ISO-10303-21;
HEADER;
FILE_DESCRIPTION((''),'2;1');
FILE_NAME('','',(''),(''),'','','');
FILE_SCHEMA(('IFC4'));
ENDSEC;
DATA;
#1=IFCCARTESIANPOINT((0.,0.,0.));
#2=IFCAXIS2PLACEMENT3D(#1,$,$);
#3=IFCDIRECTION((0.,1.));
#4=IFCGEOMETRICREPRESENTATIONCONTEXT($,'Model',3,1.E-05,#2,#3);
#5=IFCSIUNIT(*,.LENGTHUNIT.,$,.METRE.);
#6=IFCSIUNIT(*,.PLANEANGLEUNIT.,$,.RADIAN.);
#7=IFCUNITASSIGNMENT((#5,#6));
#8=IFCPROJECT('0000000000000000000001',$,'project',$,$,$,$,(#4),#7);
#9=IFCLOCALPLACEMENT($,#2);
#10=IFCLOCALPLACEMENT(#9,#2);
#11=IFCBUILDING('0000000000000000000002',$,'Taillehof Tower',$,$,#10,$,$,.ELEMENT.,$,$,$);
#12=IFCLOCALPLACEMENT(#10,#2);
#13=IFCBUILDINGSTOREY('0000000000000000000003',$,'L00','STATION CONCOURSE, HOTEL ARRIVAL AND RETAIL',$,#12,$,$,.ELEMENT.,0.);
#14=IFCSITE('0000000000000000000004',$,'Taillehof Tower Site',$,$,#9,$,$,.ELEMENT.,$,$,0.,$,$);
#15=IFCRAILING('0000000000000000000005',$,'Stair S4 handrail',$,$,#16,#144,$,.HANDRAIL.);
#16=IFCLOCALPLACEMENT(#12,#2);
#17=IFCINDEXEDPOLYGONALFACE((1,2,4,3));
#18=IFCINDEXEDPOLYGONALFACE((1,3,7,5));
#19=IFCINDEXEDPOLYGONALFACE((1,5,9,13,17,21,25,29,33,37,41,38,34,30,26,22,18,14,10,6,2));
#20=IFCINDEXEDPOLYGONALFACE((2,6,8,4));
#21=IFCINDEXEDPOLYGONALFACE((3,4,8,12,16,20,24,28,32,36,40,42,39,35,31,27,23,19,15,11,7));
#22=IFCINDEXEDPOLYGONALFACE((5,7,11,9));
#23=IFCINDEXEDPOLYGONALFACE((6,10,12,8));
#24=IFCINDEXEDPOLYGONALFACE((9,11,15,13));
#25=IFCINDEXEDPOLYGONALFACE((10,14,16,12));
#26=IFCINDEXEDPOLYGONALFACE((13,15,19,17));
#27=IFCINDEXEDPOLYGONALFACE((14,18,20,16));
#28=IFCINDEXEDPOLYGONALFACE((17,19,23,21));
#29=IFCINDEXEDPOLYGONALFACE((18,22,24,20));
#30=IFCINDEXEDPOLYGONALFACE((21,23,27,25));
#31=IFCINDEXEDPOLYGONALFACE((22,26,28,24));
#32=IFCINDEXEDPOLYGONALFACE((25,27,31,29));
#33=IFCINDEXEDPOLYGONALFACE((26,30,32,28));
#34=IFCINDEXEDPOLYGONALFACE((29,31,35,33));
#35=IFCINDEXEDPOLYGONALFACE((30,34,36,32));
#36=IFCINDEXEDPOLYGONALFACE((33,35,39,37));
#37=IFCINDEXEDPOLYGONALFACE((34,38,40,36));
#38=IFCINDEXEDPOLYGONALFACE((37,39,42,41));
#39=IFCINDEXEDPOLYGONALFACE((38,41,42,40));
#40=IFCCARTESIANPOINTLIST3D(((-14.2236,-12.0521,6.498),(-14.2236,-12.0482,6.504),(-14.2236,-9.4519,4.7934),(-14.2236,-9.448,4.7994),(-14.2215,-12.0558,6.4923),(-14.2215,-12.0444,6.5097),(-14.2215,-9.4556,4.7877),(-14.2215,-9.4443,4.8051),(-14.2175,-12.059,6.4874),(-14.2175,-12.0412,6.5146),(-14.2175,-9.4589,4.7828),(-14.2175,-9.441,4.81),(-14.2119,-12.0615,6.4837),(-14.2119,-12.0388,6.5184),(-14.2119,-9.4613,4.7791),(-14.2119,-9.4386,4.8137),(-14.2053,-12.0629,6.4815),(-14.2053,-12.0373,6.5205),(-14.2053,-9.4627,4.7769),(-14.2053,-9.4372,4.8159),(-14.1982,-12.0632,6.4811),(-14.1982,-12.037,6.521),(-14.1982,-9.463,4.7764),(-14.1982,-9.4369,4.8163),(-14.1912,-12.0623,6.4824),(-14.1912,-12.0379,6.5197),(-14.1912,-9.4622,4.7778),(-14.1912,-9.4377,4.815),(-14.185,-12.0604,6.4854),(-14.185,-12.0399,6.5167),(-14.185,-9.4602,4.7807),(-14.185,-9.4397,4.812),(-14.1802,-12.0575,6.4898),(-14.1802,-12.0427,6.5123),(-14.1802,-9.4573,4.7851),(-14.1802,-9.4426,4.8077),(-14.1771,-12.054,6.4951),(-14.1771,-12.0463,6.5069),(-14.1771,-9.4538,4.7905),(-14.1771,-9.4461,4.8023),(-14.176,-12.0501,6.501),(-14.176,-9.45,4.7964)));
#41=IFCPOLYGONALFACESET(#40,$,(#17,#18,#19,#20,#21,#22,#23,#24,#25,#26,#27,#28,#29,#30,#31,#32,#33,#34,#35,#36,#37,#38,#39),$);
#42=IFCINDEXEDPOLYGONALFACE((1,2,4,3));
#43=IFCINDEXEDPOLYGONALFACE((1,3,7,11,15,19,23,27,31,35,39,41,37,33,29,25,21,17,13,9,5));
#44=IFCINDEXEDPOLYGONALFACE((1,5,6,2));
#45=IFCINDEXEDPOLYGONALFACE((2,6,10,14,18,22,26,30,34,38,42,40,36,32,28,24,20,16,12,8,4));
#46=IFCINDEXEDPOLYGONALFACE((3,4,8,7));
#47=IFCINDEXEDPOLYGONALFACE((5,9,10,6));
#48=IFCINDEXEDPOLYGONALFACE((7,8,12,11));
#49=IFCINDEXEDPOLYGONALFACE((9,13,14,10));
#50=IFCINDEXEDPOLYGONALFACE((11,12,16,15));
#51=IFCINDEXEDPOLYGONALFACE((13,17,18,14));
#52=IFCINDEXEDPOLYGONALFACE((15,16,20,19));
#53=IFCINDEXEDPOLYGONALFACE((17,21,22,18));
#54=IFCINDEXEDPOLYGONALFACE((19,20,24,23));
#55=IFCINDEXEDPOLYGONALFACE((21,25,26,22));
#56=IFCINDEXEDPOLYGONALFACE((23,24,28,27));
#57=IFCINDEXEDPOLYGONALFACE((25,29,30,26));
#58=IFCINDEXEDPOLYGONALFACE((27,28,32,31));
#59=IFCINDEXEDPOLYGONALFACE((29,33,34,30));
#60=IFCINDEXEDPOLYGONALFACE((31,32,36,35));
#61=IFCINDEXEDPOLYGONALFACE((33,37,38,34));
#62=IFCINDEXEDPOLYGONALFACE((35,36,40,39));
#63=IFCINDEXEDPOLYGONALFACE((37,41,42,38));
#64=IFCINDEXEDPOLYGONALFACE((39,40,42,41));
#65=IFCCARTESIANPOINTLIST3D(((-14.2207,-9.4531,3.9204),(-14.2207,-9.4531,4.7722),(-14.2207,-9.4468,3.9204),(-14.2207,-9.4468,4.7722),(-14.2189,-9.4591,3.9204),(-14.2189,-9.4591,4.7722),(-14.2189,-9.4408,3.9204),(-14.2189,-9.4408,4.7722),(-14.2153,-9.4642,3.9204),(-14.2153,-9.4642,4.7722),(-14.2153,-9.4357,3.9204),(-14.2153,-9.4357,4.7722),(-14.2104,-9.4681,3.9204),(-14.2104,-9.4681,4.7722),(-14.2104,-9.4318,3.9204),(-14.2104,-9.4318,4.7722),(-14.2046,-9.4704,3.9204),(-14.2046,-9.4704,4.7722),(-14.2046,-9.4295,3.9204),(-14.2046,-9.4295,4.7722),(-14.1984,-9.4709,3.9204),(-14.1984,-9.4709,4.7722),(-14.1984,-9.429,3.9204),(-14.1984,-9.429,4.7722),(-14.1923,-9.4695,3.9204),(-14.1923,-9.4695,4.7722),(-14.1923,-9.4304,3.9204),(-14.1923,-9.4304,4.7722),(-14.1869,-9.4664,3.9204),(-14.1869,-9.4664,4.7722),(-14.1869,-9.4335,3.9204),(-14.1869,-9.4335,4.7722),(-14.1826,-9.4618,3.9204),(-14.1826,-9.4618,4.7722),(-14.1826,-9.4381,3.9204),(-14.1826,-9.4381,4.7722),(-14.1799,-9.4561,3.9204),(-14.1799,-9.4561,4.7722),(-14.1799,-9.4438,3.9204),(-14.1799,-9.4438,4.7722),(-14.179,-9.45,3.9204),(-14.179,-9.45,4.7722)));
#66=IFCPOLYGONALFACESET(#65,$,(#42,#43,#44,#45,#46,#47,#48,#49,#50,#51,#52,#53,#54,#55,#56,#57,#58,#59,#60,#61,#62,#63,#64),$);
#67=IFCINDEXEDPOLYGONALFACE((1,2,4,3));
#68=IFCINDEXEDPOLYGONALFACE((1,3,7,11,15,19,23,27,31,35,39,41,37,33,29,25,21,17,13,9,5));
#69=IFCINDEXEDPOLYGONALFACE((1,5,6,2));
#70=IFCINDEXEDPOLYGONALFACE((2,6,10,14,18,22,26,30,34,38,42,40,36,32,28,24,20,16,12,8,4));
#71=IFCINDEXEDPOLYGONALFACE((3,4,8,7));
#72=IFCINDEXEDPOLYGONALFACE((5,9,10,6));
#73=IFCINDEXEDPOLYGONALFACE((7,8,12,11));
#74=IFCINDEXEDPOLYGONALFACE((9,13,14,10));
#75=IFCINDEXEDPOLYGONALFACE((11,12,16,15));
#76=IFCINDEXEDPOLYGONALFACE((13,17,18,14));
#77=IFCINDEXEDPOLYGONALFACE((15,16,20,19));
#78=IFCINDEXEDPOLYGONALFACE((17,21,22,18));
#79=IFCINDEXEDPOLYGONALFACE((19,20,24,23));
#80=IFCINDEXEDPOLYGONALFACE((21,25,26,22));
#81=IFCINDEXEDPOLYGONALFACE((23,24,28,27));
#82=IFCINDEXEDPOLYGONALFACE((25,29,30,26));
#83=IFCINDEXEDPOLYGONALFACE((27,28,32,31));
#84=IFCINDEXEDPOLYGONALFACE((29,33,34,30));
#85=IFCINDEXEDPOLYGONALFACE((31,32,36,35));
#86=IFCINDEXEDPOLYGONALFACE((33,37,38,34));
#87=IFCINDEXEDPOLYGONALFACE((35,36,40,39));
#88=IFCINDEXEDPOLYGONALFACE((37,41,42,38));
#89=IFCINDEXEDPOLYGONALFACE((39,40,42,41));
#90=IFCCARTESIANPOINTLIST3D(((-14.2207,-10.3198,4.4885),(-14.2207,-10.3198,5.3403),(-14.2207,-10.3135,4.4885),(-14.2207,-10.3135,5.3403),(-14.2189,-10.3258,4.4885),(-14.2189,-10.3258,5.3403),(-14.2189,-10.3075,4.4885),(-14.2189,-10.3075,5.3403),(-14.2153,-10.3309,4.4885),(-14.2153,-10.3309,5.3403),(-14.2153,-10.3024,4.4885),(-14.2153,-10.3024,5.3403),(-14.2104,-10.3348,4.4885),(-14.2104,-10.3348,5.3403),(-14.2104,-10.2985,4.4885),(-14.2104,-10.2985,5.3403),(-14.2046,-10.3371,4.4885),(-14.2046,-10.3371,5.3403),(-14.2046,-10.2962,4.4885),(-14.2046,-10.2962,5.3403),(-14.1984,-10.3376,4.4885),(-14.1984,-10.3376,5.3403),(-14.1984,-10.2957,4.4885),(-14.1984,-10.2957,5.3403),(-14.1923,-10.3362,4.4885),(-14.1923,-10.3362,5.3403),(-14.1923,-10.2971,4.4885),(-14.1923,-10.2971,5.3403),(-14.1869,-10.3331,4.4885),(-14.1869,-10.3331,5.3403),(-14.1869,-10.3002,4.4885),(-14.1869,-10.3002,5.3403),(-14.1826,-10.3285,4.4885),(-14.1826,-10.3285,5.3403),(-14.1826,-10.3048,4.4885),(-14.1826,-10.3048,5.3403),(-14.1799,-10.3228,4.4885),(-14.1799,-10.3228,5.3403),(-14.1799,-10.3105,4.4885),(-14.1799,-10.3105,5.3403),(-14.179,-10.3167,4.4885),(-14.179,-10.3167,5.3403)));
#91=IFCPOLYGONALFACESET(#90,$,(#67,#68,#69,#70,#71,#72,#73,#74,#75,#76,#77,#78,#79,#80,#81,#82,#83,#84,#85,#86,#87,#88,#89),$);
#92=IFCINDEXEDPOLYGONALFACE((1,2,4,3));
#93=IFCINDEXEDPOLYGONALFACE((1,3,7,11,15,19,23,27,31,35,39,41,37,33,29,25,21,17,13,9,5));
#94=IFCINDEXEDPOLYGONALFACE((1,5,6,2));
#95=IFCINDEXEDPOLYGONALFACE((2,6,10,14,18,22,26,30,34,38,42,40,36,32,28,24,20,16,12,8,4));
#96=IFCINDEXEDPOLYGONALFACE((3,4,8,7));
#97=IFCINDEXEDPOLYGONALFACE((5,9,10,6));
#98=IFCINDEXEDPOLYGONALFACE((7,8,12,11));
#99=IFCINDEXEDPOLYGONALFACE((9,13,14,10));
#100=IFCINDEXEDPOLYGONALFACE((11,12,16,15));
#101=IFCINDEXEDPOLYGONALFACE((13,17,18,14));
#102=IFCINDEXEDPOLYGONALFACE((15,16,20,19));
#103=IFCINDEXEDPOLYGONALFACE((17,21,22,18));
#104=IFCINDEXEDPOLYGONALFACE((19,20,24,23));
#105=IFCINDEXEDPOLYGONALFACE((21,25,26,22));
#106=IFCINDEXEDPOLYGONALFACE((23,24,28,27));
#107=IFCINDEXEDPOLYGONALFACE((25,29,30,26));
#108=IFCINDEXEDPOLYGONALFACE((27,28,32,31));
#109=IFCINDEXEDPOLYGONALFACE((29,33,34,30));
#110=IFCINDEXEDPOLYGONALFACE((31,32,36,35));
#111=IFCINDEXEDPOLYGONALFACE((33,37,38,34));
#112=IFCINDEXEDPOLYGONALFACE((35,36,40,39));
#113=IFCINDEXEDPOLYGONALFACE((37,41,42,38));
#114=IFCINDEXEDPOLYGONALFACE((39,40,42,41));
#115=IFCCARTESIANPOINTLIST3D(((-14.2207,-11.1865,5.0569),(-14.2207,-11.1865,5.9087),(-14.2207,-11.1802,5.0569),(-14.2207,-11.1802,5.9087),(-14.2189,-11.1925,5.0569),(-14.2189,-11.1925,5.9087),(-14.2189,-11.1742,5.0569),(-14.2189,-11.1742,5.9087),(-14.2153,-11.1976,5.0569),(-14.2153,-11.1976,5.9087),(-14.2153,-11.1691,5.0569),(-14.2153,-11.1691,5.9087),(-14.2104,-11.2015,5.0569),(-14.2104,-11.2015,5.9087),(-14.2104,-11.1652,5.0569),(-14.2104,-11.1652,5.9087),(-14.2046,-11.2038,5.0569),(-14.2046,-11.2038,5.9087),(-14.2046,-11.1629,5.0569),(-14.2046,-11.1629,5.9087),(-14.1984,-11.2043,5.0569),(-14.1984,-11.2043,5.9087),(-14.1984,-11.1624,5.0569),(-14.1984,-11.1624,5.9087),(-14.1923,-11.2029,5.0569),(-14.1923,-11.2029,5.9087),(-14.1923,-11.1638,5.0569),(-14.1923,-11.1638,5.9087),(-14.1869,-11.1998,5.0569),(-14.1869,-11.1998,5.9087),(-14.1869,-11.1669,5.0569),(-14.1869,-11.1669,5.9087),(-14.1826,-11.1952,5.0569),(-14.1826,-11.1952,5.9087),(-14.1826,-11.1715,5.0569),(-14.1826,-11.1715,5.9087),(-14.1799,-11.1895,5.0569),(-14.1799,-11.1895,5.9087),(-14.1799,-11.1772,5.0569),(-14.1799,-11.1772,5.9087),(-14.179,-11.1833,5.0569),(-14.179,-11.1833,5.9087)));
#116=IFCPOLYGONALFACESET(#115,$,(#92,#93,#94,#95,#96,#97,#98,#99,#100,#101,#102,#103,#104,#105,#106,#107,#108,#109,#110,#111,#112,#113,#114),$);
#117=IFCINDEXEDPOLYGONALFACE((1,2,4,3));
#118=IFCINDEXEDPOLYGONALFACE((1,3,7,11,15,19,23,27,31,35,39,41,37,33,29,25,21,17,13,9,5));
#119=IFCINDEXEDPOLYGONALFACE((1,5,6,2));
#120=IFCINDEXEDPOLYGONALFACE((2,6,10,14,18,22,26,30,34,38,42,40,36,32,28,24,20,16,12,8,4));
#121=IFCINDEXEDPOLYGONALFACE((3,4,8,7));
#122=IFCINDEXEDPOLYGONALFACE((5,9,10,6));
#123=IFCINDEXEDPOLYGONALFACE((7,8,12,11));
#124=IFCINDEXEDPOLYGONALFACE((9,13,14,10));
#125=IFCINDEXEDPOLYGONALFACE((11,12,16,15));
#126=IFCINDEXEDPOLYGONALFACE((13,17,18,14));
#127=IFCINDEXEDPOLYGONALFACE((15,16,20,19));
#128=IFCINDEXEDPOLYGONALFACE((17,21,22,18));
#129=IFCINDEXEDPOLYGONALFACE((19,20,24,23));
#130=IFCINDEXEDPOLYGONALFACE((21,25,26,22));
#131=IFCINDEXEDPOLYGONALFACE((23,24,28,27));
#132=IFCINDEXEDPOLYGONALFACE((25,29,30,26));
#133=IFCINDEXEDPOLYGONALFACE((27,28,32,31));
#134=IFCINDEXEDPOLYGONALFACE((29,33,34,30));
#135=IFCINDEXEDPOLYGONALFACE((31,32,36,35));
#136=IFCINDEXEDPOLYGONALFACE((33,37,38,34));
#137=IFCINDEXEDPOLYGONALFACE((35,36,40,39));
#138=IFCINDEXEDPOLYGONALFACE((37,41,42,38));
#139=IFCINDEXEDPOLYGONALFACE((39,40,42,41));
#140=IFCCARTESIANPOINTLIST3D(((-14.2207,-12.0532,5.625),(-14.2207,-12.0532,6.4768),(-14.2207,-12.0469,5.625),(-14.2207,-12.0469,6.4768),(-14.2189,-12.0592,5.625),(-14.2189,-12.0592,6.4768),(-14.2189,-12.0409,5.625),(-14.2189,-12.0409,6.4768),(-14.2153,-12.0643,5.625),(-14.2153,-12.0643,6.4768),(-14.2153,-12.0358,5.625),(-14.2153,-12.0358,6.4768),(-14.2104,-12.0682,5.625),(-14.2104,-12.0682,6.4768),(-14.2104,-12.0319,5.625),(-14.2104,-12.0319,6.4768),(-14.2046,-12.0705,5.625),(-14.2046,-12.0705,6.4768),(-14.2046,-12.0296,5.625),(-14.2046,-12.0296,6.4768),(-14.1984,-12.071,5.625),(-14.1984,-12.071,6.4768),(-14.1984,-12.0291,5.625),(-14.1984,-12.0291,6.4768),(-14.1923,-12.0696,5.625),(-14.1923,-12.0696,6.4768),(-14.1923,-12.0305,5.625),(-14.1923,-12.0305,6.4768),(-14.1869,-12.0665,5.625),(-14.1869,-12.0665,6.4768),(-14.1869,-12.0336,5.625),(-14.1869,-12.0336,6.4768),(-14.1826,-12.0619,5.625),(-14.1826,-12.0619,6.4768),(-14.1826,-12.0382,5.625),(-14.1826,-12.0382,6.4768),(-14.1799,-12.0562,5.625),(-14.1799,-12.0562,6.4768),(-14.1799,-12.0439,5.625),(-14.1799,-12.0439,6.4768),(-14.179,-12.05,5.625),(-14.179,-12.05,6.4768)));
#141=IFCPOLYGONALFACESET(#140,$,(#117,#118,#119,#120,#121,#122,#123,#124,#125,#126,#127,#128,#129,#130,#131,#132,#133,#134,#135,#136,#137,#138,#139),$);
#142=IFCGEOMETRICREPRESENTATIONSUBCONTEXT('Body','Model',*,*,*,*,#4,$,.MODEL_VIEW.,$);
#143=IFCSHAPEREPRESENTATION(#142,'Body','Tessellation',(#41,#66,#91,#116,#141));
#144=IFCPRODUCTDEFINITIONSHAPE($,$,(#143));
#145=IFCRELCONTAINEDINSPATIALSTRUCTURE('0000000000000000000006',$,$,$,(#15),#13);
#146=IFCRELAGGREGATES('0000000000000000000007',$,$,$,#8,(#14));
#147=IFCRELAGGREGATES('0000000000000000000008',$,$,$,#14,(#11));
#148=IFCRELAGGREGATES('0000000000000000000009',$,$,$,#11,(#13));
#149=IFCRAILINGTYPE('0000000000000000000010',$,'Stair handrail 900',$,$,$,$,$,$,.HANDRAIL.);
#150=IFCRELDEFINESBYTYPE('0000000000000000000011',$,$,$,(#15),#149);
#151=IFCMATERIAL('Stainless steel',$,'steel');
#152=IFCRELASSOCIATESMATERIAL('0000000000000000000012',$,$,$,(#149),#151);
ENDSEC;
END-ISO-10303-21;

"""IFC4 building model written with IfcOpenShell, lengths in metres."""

from ifc_helpers import new_model, si_unit, direction, frame, origin, origin_2d, place, context, subcontext, project, spatial, circle, extrude, material, type_object, element, save


model = new_model("IFC4")

# Units and contexts
model_context = context("Model", 3, precision=1e-05, world=origin(), true_north=direction((0.0, 1.0)))
body_context = subcontext(model_context, "Body", "Model", "MODEL_VIEW")
ifc_project = project(units=[si_unit("LENGTHUNIT", "METRE"), si_unit("PLANEANGLEUNIT", "RADIAN")], contexts=[model_context])

# Site, building, storey
site_placement = place(None, origin())
site = spatial("IfcSite", under=ifc_project, at=site_placement, Name="Taillehof Tower Site", CompositionType="ELEMENT", RefElevation=0.0)
building_placement = place(site_placement, origin())
building = spatial("IfcBuilding", under=site, at=building_placement, Name="Taillehof Tower", CompositionType="ELEMENT")
storey_placement = place(building_placement, origin())
storey = spatial("IfcBuildingStorey", under=building, at=storey_placement, Name="L00", Description="STATION CONCOURSE, HOTEL ARRIVAL AND RETAIL", CompositionType="ELEMENT", Elevation=0.0)

# Railing
ifc_material_1 = material(Name="Stainless steel", Category="steel")
railing_type_1 = type_object("IfcRailingType", Name="Stair handrail 900", PredefinedType="HANDRAIL", material=ifc_material_1)
for number, where, name in (
    (1, (-14.2, -9.45, 3.9204), "Stair S4 handrail"),
):
    element("IfcRailing", number, at=place(storey_placement, frame(where)), inside=storey, type_object=railing_type_1, Name=name, PredefinedType="HANDRAIL", context=body_context, shape_type="SweptSolid", body=[
        extrude(circle(Radius=0.0239, at=origin_2d()), frame((0.0, 0.0, 0.876), z_axis=(0.0, -0.836302, 0.548269), x_axis=(1.0, 0.0, 0.0)), (0.0, 0.0, 1.0), 3.1091),
        extrude(circle(Radius=0.021, at=origin_2d()), origin(), (0.0, 0.0, 1.0), 0.8518),
        extrude(circle(Radius=0.021, at=origin_2d()), frame((0.0, -0.8667, 0.5681)), (0.0, 0.0, 1.0), 0.8518),
        extrude(circle(Radius=0.021, at=origin_2d()), frame((0.0, -1.7334, 1.1365)), (0.0, 0.0, 1.0), 0.8518),
        extrude(circle(Radius=0.021, at=origin_2d()), frame((0.0, -2.6001, 1.7046)), (0.0, 0.0, 1.0), 0.8518),
    ])

save(model, "model.ifc")
